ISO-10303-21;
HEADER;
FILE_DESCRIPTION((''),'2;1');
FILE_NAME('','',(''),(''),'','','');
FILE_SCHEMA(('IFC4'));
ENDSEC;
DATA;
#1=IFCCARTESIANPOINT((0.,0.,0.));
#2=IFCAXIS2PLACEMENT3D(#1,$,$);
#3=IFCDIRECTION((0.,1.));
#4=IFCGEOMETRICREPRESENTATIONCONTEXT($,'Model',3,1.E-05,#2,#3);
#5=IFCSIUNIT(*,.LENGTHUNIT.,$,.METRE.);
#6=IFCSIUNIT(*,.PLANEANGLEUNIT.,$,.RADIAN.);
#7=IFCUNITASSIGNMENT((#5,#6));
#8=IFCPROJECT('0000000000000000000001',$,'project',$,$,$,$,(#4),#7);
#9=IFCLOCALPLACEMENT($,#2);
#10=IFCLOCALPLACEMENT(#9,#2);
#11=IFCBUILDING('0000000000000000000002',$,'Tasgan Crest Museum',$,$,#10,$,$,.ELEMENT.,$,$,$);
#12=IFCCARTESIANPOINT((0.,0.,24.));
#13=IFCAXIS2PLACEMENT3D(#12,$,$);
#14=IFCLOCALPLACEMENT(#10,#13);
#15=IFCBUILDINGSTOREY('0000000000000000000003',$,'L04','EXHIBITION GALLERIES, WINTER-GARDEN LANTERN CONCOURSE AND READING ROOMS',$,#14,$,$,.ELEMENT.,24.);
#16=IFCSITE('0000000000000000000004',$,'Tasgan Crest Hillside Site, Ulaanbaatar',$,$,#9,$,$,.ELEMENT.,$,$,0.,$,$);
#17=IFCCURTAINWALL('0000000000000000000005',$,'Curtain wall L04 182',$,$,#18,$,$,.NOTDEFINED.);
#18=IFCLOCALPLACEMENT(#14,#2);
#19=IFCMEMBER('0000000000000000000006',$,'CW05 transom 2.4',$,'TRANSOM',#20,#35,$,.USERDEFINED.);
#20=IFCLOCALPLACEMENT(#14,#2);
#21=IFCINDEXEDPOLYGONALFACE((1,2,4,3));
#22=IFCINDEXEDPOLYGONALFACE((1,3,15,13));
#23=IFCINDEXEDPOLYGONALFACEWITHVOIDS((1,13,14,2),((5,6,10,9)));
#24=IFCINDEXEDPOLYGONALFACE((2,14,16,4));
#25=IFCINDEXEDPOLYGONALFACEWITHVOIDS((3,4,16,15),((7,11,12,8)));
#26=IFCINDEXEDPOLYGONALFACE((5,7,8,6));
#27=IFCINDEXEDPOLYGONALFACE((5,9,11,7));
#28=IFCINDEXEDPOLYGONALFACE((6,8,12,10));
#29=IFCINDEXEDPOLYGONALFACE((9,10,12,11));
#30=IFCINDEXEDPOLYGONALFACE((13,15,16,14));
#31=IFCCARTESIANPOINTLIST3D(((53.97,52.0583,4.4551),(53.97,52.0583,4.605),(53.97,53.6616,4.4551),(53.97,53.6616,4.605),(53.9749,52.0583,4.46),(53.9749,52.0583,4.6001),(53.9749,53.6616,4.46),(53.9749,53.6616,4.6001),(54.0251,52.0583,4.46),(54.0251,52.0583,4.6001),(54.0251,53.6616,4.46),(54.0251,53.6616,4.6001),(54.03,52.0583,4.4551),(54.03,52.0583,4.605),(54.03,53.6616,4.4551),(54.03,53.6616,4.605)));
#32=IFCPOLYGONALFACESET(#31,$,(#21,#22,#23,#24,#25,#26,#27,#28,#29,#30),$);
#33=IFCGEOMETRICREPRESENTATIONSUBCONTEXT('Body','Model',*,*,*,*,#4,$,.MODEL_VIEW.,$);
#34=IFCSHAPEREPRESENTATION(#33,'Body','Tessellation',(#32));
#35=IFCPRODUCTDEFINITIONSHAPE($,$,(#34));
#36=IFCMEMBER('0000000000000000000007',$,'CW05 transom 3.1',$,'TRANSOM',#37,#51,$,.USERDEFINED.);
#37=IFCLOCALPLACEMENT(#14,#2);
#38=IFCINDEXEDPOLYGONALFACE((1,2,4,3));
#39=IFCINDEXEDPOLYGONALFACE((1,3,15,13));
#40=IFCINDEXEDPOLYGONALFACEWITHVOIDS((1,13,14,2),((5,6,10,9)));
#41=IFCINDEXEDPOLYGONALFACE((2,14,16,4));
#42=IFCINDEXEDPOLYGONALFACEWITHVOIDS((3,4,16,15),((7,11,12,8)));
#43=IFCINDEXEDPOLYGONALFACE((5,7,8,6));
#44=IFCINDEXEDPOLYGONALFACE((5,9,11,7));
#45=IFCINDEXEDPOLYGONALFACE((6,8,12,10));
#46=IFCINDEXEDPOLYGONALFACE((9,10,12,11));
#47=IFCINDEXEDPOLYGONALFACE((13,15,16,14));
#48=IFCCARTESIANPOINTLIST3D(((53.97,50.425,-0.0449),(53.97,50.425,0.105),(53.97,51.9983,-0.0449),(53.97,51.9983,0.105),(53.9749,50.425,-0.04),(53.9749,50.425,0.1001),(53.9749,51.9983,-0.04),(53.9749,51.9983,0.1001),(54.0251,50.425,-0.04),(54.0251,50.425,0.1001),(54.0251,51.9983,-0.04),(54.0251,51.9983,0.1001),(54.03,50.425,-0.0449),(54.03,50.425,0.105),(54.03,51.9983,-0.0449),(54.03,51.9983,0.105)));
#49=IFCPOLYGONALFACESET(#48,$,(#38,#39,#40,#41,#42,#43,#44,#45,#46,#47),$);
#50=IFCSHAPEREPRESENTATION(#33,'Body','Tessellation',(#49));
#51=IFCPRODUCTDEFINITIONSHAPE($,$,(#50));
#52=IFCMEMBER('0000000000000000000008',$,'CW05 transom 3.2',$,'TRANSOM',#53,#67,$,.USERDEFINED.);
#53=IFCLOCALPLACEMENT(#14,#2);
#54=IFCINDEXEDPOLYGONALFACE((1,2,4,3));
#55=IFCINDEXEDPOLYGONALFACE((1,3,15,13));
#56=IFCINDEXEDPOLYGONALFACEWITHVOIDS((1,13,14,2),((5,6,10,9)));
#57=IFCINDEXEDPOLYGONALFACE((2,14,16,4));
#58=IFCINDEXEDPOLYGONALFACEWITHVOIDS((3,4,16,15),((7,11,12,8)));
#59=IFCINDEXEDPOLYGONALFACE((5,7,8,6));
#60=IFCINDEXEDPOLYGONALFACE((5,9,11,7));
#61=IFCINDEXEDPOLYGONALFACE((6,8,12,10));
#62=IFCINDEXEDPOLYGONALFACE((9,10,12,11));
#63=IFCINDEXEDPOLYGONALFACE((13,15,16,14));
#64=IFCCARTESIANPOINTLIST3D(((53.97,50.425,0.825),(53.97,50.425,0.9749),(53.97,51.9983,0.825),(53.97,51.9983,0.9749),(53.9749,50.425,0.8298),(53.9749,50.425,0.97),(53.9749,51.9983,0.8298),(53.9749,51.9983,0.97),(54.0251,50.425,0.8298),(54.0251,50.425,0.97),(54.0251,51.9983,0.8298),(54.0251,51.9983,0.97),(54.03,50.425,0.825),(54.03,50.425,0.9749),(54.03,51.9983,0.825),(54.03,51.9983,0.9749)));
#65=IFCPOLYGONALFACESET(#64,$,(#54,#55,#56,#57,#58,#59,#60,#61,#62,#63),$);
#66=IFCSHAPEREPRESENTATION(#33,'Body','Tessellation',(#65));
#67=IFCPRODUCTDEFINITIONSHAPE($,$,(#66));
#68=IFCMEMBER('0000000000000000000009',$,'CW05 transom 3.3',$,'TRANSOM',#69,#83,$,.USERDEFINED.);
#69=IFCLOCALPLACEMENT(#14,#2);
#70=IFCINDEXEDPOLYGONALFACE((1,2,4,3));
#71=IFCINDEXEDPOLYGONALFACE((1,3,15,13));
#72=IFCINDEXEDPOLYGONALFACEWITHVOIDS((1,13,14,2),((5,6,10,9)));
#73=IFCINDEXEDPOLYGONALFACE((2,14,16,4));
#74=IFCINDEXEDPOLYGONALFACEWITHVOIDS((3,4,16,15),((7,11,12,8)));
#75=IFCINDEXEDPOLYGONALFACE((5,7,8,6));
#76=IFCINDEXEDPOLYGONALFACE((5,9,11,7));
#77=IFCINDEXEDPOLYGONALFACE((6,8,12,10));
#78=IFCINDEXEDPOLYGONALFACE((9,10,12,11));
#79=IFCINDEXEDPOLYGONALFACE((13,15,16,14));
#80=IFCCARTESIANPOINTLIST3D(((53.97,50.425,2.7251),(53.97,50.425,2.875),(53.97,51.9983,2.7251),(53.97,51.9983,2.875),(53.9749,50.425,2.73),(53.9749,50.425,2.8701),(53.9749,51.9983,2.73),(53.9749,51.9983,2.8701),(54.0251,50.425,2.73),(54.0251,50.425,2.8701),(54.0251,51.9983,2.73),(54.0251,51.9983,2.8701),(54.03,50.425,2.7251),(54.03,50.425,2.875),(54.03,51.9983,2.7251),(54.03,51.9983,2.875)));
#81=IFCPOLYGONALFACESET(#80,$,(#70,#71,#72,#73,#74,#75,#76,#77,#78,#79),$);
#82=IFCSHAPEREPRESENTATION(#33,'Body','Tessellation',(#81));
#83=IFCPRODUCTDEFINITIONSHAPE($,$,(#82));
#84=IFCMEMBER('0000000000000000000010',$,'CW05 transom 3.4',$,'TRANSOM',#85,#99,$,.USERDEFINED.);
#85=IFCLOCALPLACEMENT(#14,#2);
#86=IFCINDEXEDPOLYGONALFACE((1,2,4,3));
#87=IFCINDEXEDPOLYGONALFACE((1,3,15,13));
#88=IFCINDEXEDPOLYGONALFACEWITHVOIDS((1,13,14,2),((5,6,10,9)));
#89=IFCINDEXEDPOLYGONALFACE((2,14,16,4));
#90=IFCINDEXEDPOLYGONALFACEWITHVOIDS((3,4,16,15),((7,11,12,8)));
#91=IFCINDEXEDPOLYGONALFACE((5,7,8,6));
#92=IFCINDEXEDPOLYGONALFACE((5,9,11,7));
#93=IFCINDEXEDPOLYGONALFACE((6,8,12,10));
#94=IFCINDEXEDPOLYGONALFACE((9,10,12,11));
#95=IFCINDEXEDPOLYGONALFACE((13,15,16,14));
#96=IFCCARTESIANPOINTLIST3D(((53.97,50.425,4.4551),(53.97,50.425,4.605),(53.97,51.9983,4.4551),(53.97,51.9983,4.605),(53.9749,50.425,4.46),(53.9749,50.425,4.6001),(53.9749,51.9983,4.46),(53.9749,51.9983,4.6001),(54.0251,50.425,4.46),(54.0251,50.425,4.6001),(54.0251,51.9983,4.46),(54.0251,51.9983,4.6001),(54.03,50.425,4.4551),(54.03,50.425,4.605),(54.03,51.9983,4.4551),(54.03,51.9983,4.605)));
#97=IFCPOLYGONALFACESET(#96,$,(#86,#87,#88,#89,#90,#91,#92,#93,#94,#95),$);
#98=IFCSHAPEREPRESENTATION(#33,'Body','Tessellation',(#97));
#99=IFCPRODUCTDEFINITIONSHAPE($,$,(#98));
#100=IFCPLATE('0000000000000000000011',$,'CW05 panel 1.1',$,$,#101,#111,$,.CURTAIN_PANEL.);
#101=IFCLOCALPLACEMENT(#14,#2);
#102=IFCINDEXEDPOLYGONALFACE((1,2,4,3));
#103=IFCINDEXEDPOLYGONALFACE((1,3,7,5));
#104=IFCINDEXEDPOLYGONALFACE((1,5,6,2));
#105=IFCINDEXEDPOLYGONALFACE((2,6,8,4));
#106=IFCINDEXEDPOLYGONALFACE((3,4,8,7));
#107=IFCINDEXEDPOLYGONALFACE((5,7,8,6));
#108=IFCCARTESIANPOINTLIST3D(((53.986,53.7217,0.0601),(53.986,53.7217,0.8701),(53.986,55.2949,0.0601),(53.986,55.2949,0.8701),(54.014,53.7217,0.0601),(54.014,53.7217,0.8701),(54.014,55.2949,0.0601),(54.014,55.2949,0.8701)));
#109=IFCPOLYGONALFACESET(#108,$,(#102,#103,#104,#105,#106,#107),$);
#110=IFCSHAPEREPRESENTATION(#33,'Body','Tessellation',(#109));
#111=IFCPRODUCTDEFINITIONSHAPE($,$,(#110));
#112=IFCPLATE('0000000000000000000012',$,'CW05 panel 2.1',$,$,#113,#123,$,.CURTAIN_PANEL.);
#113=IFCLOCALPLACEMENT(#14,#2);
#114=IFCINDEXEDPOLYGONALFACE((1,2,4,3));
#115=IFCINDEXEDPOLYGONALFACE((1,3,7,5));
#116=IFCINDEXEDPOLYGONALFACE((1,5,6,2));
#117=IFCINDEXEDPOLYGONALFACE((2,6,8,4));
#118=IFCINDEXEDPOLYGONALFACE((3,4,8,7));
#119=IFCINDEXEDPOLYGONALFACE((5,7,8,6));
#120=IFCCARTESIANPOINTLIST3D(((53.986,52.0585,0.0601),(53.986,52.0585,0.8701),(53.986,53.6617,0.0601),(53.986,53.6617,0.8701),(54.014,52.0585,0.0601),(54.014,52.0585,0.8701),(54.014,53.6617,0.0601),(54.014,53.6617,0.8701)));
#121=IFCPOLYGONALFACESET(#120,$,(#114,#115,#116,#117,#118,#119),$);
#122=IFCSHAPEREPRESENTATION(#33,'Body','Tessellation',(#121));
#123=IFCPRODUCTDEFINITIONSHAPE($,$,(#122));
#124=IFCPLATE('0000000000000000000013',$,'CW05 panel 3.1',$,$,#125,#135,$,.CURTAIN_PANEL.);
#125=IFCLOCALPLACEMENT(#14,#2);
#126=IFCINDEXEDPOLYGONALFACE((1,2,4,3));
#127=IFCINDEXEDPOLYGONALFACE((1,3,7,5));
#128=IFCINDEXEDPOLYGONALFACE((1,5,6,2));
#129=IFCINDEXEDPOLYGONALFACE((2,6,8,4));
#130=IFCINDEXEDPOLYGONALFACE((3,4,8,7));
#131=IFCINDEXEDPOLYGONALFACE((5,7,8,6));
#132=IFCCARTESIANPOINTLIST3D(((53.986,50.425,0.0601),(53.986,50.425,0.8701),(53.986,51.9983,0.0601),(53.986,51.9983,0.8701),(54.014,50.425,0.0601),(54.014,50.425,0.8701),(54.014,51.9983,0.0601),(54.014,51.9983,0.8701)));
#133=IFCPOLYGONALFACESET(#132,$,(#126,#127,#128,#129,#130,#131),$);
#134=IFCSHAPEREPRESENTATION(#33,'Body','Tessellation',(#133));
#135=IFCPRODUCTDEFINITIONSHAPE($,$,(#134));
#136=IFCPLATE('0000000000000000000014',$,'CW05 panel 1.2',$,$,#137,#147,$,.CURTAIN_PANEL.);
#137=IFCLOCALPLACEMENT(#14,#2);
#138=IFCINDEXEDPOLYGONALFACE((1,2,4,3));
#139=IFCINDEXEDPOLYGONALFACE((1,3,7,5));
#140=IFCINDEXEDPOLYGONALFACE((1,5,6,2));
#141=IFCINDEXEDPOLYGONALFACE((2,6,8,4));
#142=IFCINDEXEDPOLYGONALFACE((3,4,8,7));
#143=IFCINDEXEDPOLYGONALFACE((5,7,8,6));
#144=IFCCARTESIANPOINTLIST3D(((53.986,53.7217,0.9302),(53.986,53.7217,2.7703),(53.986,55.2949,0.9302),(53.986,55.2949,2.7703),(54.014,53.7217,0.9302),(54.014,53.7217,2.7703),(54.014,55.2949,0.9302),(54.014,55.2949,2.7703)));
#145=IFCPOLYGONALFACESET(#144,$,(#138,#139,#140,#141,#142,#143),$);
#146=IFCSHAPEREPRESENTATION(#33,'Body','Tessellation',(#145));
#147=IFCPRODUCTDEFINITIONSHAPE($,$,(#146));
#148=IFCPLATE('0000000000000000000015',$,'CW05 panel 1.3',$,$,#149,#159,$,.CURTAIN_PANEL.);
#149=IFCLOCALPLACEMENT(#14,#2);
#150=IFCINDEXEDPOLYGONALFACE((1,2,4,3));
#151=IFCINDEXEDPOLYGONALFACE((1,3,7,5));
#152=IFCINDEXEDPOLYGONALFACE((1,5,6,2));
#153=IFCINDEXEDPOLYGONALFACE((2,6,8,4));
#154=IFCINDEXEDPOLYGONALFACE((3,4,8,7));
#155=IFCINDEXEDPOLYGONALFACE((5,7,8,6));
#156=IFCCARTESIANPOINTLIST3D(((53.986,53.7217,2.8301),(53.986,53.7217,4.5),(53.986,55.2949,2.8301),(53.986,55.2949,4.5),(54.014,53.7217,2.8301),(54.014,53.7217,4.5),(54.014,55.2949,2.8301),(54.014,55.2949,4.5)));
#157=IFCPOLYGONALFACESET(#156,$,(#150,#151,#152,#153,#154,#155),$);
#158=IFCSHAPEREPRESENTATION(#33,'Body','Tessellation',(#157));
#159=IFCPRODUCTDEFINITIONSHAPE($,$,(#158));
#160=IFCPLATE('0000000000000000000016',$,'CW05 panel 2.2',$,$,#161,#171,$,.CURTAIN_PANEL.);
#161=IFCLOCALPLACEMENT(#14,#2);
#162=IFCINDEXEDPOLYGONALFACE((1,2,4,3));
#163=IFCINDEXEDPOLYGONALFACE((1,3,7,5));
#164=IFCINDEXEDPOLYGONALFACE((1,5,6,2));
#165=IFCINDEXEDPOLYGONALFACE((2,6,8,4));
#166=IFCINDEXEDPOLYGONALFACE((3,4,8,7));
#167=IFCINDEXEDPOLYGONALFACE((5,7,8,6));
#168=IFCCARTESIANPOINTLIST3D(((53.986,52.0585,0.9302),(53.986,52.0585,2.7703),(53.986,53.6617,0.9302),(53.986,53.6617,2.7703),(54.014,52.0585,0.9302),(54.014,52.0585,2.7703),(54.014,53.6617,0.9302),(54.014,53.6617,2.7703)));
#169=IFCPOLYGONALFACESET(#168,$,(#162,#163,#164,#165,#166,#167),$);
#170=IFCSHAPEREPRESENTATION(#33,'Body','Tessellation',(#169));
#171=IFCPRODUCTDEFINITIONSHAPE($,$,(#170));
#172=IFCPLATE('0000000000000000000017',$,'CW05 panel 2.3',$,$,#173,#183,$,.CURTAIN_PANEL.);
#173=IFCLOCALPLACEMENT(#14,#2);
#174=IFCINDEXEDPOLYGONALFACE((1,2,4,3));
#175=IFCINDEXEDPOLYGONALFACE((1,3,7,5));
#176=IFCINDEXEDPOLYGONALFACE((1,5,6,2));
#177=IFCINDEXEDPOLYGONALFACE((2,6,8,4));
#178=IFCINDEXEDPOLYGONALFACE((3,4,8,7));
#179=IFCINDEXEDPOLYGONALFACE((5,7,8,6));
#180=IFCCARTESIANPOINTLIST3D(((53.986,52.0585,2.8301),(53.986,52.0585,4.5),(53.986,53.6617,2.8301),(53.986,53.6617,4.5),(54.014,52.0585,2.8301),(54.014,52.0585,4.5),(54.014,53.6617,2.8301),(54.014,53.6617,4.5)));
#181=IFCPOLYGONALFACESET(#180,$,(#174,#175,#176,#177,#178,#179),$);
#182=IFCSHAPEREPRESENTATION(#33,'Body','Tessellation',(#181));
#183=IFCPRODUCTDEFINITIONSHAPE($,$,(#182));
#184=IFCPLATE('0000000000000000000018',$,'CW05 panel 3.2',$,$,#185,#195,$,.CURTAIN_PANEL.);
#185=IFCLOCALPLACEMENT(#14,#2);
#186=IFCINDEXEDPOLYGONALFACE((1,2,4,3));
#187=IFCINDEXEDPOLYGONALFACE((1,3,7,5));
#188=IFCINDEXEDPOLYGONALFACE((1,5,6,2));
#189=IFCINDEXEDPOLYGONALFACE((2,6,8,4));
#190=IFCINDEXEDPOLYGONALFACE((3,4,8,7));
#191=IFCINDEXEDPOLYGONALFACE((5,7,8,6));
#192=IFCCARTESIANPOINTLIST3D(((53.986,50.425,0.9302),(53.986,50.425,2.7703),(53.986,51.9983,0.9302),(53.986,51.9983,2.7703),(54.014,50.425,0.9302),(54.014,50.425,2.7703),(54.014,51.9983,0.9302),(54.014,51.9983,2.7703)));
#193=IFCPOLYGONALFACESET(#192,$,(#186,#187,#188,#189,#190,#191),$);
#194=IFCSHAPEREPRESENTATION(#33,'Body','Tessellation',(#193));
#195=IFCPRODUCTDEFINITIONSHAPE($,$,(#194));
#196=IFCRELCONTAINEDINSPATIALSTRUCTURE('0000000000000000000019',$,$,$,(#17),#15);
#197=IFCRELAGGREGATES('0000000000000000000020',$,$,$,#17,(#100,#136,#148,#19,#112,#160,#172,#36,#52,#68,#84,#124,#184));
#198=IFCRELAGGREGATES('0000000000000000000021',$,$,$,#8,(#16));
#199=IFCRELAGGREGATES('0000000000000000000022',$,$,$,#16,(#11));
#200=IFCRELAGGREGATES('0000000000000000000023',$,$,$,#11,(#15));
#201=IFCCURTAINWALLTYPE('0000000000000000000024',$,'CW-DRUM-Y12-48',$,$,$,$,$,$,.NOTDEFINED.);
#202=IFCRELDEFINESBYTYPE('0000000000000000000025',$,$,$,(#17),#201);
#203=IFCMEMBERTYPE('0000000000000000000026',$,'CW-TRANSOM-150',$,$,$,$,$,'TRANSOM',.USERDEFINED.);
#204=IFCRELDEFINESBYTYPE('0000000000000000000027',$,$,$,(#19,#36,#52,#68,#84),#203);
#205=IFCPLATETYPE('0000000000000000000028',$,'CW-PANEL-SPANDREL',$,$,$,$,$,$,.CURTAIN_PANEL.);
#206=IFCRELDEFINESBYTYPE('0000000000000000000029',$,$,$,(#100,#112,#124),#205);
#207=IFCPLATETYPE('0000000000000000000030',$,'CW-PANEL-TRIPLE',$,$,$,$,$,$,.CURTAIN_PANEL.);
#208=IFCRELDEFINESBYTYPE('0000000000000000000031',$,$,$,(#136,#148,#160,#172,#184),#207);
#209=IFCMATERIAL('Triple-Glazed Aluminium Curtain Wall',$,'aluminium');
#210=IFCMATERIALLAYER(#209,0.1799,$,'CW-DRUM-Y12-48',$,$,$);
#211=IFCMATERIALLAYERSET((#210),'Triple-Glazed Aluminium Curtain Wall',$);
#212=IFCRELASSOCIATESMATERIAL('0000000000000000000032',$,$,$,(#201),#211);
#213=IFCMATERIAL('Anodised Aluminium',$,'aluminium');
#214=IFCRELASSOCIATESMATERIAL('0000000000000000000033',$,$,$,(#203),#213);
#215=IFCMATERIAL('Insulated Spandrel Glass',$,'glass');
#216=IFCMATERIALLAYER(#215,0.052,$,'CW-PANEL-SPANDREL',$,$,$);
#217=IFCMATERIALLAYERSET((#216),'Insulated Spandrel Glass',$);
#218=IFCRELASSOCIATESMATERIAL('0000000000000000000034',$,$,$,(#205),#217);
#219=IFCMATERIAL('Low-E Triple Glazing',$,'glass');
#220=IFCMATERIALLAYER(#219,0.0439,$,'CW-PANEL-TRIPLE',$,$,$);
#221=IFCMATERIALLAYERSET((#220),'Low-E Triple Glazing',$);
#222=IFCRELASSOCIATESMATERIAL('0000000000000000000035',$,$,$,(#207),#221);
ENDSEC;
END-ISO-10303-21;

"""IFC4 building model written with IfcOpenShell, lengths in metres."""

from ifc_helpers import new_model, si_unit, direction, frame, origin, origin_2d, place, context, subcontext, project, spatial, rectangle, hollow_rectangle, extrude, material, layer, layer_set, material_profile, profile_set, type_object, element, aggregate, save


model = new_model("IFC4")

# Units and contexts
model_context = context("Model", 3, precision=1e-05, world=origin(), true_north=direction((0.0, 1.0)))
body_context = subcontext(model_context, "Body", "Model", "MODEL_VIEW")
ifc_project = project(units=[si_unit("LENGTHUNIT", "METRE"), si_unit("PLANEANGLEUNIT", "RADIAN")], contexts=[model_context])

# Site, building, storey
site_placement = place(None, origin())
site = spatial("IfcSite", under=ifc_project, at=site_placement, Name="Tasgan Crest Hillside Site, Ulaanbaatar", CompositionType="ELEMENT", RefElevation=0.0)
building_placement = place(site_placement, origin())
building = spatial("IfcBuilding", under=site, at=building_placement, Name="Tasgan Crest Museum", CompositionType="ELEMENT")
storey_placement = place(building_placement, frame((0.0, 0.0, 24.0)))
storey = spatial("IfcBuildingStorey", under=building, at=storey_placement, Name="L04", Description="EXHIBITION GALLERIES, WINTER-GARDEN LANTERN CONCOURSE AND READING ROOMS", CompositionType="ELEMENT", Elevation=24.0)

# Shared definitions
ifc_material_1 = material(Name="Triple-Glazed Aluminium Curtain Wall", Category="aluminium")
ifc_layer_1 = layer(ifc_material_1, 0.1799, Name="CW-DRUM-Y12-48")
ifc_layer_set_1 = layer_set([ifc_layer_1], Name="Triple-Glazed Aluminium Curtain Wall")
curtain_wall_type = type_object("IfcCurtainWallType", Name="CW-DRUM-Y12-48", PredefinedType="NOTDEFINED", material=ifc_layer_set_1)

# Curtain wall, members, plates
curtain_wall_1_placement = place(storey_placement, origin())
curtain_wall_1 = element("IfcCurtainWall", 1, at=curtain_wall_1_placement, inside=storey, type_object=curtain_wall_type, Name="Curtain wall L04 182", PredefinedType="NOTDEFINED")
ifc_material_2 = material(Name="Anodised Aluminium", Category="aluminium")
ifc_material_profile_1 = material_profile(ifc_material_2, hollow_rectangle(XDim=0.0601, YDim=0.1499, WallThickness=0.0049, at=origin_2d()), Name="ALU TRANSOM 150x60x5")
ifc_profile_set_1 = profile_set([ifc_material_profile_1], Name="Anodised Aluminium")
member_type_1 = type_object("IfcMemberType", Name="CW-TRANSOM-150", ElementType="TRANSOM", PredefinedType="USERDEFINED", material=ifc_profile_set_1)
member_1_placement = place(storey_placement, frame((54.0, 53.6616, 4.53), z_axis=(0.0, -1.0, 0.0), x_axis=(1.0, 0.0, 0.0)))
member_1 = element("IfcMember", 2, at=member_1_placement, type_object=member_type_1, Name="CW05 transom 2.4", ObjectType="TRANSOM", PredefinedType="USERDEFINED", context=body_context, shape_type="SweptSolid", body=[
    extrude(hollow_rectangle(XDim=0.0601, YDim=0.1499, WallThickness=0.0049, at=origin_2d()), origin(), (0.0, 0.0, 1.0), 1.6033),
])
member_2_placement = place(storey_placement, frame((54.0, 51.9983, 0.03), z_axis=(0.0, -1.0, 0.0), x_axis=(1.0, 0.0, 0.0)))
member_2 = element("IfcMember", 3, at=member_2_placement, type_object=member_type_1, Name="CW05 transom 3.1", ObjectType="TRANSOM", PredefinedType="USERDEFINED", context=body_context, shape_type="SweptSolid", body=[
    extrude(hollow_rectangle(XDim=0.0601, YDim=0.1499, WallThickness=0.0049, at=origin_2d()), origin(), (0.0, 0.0, 1.0), 1.5732),
])
member_3_placement = place(storey_placement, frame((54.0, 51.9983, 0.8999), z_axis=(0.0, -1.0, 0.0), x_axis=(1.0, 0.0, 0.0)))
member_3 = element("IfcMember", 4, at=member_3_placement, type_object=member_type_1, Name="CW05 transom 3.2", ObjectType="TRANSOM", PredefinedType="USERDEFINED", context=body_context, shape_type="SweptSolid", body=[
    extrude(hollow_rectangle(XDim=0.0601, YDim=0.1499, WallThickness=0.0049, at=origin_2d()), origin(), (0.0, 0.0, 1.0), 1.5732),
])
member_4_placement = place(storey_placement, frame((54.0, 51.9983, 2.8), z_axis=(0.0, -1.0, 0.0), x_axis=(1.0, 0.0, 0.0)))
member_4 = element("IfcMember", 5, at=member_4_placement, type_object=member_type_1, Name="CW05 transom 3.3", ObjectType="TRANSOM", PredefinedType="USERDEFINED", context=body_context, shape_type="SweptSolid", body=[
    extrude(hollow_rectangle(XDim=0.0601, YDim=0.1499, WallThickness=0.0049, at=origin_2d()), origin(), (0.0, 0.0, 1.0), 1.5732),
])
member_5_placement = place(storey_placement, frame((54.0, 51.9983, 4.53), z_axis=(0.0, -1.0, 0.0), x_axis=(1.0, 0.0, 0.0)))
member_5 = element("IfcMember", 6, at=member_5_placement, type_object=member_type_1, Name="CW05 transom 3.4", ObjectType="TRANSOM", PredefinedType="USERDEFINED", context=body_context, shape_type="SweptSolid", body=[
    extrude(hollow_rectangle(XDim=0.0601, YDim=0.1499, WallThickness=0.0049, at=origin_2d()), origin(), (0.0, 0.0, 1.0), 1.5732),
])
ifc_material_3 = material(Name="Insulated Spandrel Glass", Category="glass")
ifc_layer_2 = layer(ifc_material_3, 0.052, Name="CW-PANEL-SPANDREL")
ifc_layer_set_2 = layer_set([ifc_layer_2], Name="Insulated Spandrel Glass")
plate_type_1 = type_object("IfcPlateType", Name="CW-PANEL-SPANDREL", PredefinedType="CURTAIN_PANEL", material=ifc_layer_set_2)
plate_1_placement = place(storey_placement, frame((54.0, 54.5083, 0.0601), z_axis=(0.0, 0.0, 1.0), x_axis=(0.0, -1.0, 0.0)))
plate_1 = element("IfcPlate", 7, at=plate_1_placement, type_object=plate_type_1, Name="CW05 panel 1.1", PredefinedType="CURTAIN_PANEL", context=body_context, shape_type="SweptSolid", body=[
    extrude(rectangle(XDim=1.5732, YDim=0.0281, at=origin_2d()), origin(), (0.0, 0.0, 1.0), 0.8101),
])
plate_2_placement = place(storey_placement, frame((54.0, 52.8601, 0.0601), z_axis=(0.0, 0.0, 1.0), x_axis=(0.0, -1.0, 0.0)))
plate_2 = element("IfcPlate", 8, at=plate_2_placement, type_object=plate_type_1, Name="CW05 panel 2.1", PredefinedType="CURTAIN_PANEL", context=body_context, shape_type="SweptSolid", body=[
    extrude(rectangle(XDim=1.6033, YDim=0.0281, at=origin_2d()), origin(), (0.0, 0.0, 1.0), 0.8101),
])
plate_3_placement = place(storey_placement, frame((54.0, 51.2117, 0.0601), z_axis=(0.0, 0.0, 1.0), x_axis=(0.0, -1.0, 0.0)))
plate_3 = element("IfcPlate", 9, at=plate_3_placement, type_object=plate_type_1, Name="CW05 panel 3.1", PredefinedType="CURTAIN_PANEL", context=body_context, shape_type="SweptSolid", body=[
    extrude(rectangle(XDim=1.5732, YDim=0.0281, at=origin_2d()), origin(), (0.0, 0.0, 1.0), 0.8101),
])
ifc_material_4 = material(Name="Low-E Triple Glazing", Category="glass")
ifc_layer_3 = layer(ifc_material_4, 0.0439, Name="CW-PANEL-TRIPLE")
ifc_layer_set_3 = layer_set([ifc_layer_3], Name="Low-E Triple Glazing")
plate_type_2 = type_object("IfcPlateType", Name="CW-PANEL-TRIPLE", PredefinedType="CURTAIN_PANEL", material=ifc_layer_set_3)
plate_4_placement = place(storey_placement, frame((54.0, 54.5083, 0.9302), z_axis=(0.0, 0.0, 1.0), x_axis=(0.0, -1.0, 0.0)))
plate_4 = element("IfcPlate", 10, at=plate_4_placement, type_object=plate_type_2, Name="CW05 panel 1.2", PredefinedType="CURTAIN_PANEL", context=body_context, shape_type="SweptSolid", body=[
    extrude(rectangle(XDim=1.5732, YDim=0.0281, at=origin_2d()), origin(), (0.0, 0.0, 1.0), 1.8401),
])
plate_5_placement = place(storey_placement, frame((54.0, 54.5083, 2.8301), z_axis=(0.0, 0.0, 1.0), x_axis=(0.0, -1.0, 0.0)))
plate_5 = element("IfcPlate", 11, at=plate_5_placement, type_object=plate_type_2, Name="CW05 panel 1.3", PredefinedType="CURTAIN_PANEL", context=body_context, shape_type="SweptSolid", body=[
    extrude(rectangle(XDim=1.5732, YDim=0.0281, at=origin_2d()), origin(), (0.0, 0.0, 1.0), 1.6699),
])
plate_6_placement = place(storey_placement, frame((54.0, 52.8601, 0.9302), z_axis=(0.0, 0.0, 1.0), x_axis=(0.0, -1.0, 0.0)))
plate_6 = element("IfcPlate", 12, at=plate_6_placement, type_object=plate_type_2, Name="CW05 panel 2.2", PredefinedType="CURTAIN_PANEL", context=body_context, shape_type="SweptSolid", body=[
    extrude(rectangle(XDim=1.6033, YDim=0.0281, at=origin_2d()), origin(), (0.0, 0.0, 1.0), 1.8401),
])
plate_7_placement = place(storey_placement, frame((54.0, 52.8601, 2.8301), z_axis=(0.0, 0.0, 1.0), x_axis=(0.0, -1.0, 0.0)))
plate_7 = element("IfcPlate", 13, at=plate_7_placement, type_object=plate_type_2, Name="CW05 panel 2.3", PredefinedType="CURTAIN_PANEL", context=body_context, shape_type="SweptSolid", body=[
    extrude(rectangle(XDim=1.6033, YDim=0.0281, at=origin_2d()), origin(), (0.0, 0.0, 1.0), 1.6699),
])
plate_8_placement = place(storey_placement, frame((54.0, 51.2117, 0.9302), z_axis=(0.0, 0.0, 1.0), x_axis=(0.0, -1.0, 0.0)))
plate_8 = element("IfcPlate", 14, at=plate_8_placement, type_object=plate_type_2, Name="CW05 panel 3.2", PredefinedType="CURTAIN_PANEL", context=body_context, shape_type="SweptSolid", body=[
    extrude(rectangle(XDim=1.5732, YDim=0.0281, at=origin_2d()), origin(), (0.0, 0.0, 1.0), 1.8401),
])
aggregate(curtain_wall_1, [plate_1, plate_4, plate_5, member_1, plate_2, plate_6, plate_7, member_2, member_3, member_4, member_5, plate_3, plate_8])

save(model, "model.ifc")
